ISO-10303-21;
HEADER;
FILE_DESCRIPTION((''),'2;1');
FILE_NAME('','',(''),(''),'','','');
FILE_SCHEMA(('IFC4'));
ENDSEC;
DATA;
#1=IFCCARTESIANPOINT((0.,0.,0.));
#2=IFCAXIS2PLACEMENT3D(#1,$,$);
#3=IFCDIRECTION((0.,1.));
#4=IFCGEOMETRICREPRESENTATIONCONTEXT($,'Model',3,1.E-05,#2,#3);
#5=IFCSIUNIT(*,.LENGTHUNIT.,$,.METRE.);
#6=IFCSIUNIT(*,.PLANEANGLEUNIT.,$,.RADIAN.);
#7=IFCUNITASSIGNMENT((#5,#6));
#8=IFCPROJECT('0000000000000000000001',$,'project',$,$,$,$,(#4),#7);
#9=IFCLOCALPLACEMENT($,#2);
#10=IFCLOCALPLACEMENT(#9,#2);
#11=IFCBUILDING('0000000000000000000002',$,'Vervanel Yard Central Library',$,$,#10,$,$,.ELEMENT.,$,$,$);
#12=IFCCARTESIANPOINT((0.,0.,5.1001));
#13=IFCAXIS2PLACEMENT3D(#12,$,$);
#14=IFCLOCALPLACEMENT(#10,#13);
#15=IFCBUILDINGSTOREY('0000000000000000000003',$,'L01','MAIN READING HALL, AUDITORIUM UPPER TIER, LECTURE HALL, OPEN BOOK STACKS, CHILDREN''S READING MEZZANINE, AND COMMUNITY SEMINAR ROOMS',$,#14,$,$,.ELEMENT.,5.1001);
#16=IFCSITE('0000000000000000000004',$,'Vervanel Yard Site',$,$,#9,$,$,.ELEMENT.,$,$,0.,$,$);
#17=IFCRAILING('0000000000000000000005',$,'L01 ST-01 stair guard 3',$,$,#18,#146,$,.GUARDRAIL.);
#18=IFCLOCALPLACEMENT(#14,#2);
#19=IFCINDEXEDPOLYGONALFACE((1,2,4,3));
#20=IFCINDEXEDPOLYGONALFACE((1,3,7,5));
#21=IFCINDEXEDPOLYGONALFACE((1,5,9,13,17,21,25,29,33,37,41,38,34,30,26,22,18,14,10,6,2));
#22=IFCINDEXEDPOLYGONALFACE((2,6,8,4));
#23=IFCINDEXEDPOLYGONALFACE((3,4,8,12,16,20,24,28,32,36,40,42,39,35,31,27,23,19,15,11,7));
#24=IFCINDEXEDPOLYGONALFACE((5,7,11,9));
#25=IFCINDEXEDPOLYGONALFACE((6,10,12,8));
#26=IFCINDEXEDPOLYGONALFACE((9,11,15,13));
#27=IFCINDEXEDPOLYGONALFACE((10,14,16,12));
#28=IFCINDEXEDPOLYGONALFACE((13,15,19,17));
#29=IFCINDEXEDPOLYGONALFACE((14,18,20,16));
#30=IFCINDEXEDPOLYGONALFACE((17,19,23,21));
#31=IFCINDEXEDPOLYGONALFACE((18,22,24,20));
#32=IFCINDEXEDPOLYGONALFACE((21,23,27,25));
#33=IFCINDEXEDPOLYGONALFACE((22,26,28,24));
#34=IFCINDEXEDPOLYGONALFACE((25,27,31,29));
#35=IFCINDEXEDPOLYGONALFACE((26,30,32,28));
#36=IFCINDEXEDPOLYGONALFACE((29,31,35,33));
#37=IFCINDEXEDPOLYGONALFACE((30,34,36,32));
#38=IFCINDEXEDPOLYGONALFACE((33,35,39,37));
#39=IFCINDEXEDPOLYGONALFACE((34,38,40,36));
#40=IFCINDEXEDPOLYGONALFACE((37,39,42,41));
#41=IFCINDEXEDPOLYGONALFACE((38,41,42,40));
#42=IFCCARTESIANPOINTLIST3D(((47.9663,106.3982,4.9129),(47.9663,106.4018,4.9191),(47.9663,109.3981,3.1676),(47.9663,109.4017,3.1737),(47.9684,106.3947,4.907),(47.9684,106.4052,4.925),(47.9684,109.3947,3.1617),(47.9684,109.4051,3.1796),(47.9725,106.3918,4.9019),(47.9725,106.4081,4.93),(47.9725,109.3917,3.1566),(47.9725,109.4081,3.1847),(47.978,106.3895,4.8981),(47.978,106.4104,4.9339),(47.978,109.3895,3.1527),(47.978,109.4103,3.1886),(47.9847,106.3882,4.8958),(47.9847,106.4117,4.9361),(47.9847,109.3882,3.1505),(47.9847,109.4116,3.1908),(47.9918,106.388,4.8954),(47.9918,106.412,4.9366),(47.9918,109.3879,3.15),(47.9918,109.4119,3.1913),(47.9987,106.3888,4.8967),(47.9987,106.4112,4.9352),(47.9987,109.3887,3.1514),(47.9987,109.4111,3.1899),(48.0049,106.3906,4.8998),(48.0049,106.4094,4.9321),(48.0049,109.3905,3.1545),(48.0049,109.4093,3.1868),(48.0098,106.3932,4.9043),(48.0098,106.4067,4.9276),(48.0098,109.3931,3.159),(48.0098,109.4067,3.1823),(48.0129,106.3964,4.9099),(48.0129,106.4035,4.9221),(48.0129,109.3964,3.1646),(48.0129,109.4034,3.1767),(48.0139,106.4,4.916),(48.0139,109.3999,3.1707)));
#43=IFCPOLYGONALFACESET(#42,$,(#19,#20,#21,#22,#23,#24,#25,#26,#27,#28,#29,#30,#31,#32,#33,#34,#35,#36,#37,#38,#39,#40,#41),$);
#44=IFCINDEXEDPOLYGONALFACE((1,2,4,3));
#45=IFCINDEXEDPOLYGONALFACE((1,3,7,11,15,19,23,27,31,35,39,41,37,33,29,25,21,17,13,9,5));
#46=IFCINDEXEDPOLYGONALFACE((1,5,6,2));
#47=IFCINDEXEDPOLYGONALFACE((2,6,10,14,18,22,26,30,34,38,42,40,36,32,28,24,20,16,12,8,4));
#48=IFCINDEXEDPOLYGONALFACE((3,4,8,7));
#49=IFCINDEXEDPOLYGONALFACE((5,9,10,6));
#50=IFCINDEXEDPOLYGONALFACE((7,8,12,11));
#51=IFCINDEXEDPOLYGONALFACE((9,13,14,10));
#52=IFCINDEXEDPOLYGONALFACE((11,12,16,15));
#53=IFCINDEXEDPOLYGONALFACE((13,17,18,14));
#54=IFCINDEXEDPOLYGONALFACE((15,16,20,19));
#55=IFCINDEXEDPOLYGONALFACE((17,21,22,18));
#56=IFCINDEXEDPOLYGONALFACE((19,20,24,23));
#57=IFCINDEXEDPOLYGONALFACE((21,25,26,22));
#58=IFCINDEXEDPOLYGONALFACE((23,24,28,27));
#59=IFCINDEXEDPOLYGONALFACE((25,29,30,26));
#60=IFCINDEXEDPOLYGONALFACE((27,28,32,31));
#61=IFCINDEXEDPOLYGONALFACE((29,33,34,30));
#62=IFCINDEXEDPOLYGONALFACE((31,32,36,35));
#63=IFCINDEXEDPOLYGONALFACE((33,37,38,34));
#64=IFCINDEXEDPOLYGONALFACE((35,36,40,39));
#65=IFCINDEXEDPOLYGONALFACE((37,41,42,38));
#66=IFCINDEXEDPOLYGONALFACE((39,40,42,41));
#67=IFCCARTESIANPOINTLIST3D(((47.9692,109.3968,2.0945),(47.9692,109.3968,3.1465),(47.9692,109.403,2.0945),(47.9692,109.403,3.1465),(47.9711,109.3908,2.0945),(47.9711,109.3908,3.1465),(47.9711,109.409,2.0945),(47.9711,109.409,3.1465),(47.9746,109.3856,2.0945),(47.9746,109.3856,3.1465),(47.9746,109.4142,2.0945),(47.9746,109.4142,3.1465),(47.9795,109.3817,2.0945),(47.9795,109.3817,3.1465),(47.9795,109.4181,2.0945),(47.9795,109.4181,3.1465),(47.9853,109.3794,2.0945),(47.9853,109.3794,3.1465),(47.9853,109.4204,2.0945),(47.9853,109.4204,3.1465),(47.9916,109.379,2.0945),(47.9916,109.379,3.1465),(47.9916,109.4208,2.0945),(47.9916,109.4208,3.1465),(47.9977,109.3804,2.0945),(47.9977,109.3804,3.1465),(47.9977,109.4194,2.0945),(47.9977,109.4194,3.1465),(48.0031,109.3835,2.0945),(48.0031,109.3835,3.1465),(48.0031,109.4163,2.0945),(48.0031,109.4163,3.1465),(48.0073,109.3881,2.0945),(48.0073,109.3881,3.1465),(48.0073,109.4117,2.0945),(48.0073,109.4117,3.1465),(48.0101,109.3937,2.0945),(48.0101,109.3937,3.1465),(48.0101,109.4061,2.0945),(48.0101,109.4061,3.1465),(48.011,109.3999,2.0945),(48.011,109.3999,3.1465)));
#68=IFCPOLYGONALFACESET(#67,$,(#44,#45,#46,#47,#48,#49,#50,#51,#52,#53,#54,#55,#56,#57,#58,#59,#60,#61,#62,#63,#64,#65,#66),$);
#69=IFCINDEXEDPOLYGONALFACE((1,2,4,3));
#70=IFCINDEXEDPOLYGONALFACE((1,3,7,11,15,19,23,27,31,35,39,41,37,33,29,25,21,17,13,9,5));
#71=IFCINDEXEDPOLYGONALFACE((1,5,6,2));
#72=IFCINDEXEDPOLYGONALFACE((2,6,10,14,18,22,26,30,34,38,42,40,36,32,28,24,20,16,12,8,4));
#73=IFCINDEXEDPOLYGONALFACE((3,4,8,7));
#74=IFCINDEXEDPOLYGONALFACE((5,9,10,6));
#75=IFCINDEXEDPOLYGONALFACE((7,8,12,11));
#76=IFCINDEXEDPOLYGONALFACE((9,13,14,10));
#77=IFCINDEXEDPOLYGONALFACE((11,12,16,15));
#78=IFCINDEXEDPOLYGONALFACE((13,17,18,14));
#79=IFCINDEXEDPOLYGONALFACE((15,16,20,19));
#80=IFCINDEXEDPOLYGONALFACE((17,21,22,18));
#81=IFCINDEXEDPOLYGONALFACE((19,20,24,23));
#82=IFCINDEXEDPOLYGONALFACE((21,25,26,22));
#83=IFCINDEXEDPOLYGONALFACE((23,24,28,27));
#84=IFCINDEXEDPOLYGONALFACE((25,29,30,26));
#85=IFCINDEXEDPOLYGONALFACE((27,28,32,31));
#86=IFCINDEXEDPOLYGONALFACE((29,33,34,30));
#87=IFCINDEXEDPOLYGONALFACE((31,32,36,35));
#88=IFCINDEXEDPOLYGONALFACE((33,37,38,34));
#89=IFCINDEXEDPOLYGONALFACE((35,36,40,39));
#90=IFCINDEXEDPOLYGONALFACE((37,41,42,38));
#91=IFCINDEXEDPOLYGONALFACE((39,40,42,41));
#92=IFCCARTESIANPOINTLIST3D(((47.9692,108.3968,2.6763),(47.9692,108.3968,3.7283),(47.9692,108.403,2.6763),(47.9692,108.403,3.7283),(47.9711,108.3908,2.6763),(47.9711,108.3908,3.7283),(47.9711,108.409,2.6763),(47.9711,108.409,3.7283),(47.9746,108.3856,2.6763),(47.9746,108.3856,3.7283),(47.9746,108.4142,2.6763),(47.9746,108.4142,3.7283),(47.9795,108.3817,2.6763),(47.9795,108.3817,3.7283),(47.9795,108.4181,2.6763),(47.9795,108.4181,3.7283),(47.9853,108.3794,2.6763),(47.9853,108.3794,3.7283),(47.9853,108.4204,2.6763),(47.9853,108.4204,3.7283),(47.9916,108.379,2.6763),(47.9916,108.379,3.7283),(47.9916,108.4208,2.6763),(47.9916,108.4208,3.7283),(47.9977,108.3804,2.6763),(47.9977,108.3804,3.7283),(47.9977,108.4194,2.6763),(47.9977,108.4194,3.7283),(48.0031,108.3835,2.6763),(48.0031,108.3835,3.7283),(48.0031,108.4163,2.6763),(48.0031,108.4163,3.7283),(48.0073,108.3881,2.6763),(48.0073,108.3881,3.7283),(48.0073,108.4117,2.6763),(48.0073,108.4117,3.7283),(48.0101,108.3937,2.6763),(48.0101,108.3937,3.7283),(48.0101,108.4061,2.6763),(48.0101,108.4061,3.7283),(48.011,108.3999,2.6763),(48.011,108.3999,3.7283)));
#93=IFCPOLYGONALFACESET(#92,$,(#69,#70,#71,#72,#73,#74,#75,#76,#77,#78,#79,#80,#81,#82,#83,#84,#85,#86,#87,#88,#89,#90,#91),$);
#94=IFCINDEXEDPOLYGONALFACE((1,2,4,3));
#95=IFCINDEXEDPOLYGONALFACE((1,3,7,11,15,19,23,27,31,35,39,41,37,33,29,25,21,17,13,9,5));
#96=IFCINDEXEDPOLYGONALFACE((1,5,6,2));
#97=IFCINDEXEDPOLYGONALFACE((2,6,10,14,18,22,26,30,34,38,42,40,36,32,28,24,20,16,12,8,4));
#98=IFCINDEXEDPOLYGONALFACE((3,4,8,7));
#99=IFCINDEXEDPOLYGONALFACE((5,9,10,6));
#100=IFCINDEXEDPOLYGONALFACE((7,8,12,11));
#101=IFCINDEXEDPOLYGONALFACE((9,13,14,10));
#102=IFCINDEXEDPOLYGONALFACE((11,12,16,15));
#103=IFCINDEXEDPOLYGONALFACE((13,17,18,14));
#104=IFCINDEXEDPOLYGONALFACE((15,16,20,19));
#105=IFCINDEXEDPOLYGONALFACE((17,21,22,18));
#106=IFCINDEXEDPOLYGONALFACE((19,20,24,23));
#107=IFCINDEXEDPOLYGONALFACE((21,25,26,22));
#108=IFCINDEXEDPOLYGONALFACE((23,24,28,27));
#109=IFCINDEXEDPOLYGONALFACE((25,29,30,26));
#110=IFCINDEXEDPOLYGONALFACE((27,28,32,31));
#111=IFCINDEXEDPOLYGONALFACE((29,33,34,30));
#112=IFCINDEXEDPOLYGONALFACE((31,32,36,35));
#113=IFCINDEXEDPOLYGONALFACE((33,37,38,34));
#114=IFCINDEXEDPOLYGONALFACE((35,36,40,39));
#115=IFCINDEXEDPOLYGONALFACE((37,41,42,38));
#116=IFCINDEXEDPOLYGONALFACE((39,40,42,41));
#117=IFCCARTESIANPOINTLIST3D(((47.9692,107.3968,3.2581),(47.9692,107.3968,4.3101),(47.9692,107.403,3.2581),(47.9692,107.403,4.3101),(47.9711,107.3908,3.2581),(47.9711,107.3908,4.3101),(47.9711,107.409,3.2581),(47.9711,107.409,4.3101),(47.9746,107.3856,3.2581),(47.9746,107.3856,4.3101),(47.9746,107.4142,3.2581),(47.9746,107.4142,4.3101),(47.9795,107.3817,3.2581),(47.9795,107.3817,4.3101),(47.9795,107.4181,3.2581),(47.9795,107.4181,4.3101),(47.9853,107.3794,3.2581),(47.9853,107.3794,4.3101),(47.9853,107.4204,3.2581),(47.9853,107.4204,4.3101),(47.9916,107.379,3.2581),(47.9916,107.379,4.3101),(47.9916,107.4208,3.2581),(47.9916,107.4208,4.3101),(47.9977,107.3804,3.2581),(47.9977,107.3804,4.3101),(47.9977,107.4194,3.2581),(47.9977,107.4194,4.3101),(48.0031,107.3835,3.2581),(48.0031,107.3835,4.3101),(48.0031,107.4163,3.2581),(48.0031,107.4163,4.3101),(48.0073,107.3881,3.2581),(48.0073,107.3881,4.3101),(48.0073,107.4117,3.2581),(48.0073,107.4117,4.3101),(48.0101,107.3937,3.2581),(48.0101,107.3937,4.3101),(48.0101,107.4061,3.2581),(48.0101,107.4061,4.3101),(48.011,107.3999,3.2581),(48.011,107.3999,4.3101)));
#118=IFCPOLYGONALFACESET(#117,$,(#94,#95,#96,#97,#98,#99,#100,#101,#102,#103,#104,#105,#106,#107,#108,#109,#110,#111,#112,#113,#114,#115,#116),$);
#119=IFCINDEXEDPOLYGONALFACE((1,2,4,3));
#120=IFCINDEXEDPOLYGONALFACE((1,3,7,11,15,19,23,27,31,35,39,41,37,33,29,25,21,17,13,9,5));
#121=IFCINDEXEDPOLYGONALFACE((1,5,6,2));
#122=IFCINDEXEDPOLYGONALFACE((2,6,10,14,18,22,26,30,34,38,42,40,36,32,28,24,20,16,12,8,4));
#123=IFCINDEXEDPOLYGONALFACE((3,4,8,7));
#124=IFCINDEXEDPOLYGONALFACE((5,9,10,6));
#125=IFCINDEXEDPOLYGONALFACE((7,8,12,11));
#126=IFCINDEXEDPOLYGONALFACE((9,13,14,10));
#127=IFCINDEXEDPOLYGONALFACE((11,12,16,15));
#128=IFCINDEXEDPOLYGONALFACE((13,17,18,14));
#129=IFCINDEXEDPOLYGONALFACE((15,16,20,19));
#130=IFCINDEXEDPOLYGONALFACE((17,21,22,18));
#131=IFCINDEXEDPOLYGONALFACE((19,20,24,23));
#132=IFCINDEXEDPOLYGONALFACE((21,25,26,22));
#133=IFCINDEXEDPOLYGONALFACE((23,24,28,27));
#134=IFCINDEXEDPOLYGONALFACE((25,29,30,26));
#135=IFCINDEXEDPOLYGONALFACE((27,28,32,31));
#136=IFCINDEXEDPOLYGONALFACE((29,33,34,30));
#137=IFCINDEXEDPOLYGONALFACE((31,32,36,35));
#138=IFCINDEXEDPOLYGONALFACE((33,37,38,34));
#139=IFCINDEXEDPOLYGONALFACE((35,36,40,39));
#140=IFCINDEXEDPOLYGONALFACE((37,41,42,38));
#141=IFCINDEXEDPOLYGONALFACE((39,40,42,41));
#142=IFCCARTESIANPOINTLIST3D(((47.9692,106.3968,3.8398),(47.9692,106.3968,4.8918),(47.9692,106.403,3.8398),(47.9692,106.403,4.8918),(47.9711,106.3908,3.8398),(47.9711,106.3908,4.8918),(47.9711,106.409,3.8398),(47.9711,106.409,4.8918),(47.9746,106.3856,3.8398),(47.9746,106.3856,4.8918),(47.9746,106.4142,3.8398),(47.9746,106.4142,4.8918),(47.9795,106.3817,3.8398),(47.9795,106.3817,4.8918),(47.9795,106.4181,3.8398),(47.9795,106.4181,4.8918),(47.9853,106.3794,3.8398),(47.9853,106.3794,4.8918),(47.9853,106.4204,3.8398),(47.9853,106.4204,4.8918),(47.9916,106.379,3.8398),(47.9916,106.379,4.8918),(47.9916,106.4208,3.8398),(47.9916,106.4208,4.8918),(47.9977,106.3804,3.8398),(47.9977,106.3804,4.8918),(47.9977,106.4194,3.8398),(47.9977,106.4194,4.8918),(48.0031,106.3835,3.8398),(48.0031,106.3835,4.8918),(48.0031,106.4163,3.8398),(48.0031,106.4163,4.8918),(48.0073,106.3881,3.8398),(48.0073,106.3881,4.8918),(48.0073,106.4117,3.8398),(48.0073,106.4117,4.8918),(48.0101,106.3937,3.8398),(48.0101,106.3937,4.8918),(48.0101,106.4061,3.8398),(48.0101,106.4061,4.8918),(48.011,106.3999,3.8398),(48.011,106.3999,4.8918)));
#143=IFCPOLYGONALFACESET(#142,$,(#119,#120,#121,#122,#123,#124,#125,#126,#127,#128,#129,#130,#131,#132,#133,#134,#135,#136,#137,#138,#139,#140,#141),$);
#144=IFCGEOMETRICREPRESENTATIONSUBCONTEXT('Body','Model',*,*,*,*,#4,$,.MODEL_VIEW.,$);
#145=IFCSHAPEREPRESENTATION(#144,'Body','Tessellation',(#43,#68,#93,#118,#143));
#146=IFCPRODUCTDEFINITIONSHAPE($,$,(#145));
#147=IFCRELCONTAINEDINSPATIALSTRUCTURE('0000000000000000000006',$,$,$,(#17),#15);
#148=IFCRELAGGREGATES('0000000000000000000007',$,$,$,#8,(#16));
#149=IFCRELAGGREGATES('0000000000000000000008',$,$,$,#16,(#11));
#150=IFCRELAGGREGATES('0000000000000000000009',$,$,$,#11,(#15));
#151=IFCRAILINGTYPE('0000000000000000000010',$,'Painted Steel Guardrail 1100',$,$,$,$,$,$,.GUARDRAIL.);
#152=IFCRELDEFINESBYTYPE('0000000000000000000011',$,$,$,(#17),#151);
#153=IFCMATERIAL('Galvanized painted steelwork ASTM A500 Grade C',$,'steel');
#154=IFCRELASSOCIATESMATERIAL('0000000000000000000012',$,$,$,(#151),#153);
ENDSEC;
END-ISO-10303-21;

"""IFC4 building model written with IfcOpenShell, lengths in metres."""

from ifc_helpers import new_model, si_unit, direction, frame, origin, origin_2d, place, context, subcontext, project, spatial, circle, extrude, material, type_object, element, save


model = new_model("IFC4")

# Units and contexts
model_context = context("Model", 3, precision=1e-05, world=origin(), true_north=direction((0.0, 1.0)))
body_context = subcontext(model_context, "Body", "Model", "MODEL_VIEW")
ifc_project = project(units=[si_unit("LENGTHUNIT", "METRE"), si_unit("PLANEANGLEUNIT", "RADIAN")], contexts=[model_context])

# Site, building, storey
site_placement = place(None, origin())
site = spatial("IfcSite", under=ifc_project, at=site_placement, Name="Vervanel Yard Site", CompositionType="ELEMENT", RefElevation=0.0)
building_placement = place(site_placement, origin())
building = spatial("IfcBuilding", under=site, at=building_placement, Name="Vervanel Yard Central Library", CompositionType="ELEMENT")
storey_placement = place(building_placement, frame((0.0, 0.0, 5.1001)))
storey = spatial("IfcBuildingStorey", under=building, at=storey_placement, Name="L01", Description="MAIN READING HALL, AUDITORIUM UPPER TIER, LECTURE HALL, OPEN BOOK STACKS, CHILDREN'S READING MEZZANINE, AND COMMUNITY SEMINAR ROOMS", CompositionType="ELEMENT", Elevation=5.1001)

# Shared definitions
ifc_material_1 = material(Name="Galvanized painted steelwork ASTM A500 Grade C", Category="steel")

# Railing
railing_type_1 = type_object("IfcRailingType", Name="Painted Steel Guardrail 1100", PredefinedType="GUARDRAIL", material=ifc_material_1)
railing_1_placement = place(storey_placement, frame((47.99, 109.3999, 2.0945)))
element("IfcRailing", 1, at=railing_1_placement, inside=storey, type_object=railing_type_1, Name="L01 ST-01 stair guard 3", PredefinedType="GUARDRAIL", context=body_context, shape_type="SweptSolid", body=[
    extrude(circle(Radius=0.0239, at=origin_2d()), frame((0.0, 0.0, 1.0762), z_axis=(0.0, -0.86436, 0.502874), x_axis=(1.0, 0.0, 0.0)), (0.0, 0.0, 1.0), 3.4707),
    extrude(circle(Radius=0.021, at=origin_2d()), origin(), (0.0, 0.0, 1.0), 1.052),
    extrude(circle(Radius=0.021, at=origin_2d()), frame((0.0, -1.0, 0.5818)), (0.0, 0.0, 1.0), 1.052),
    extrude(circle(Radius=0.021, at=origin_2d()), frame((0.0, -2.0, 1.1636)), (0.0, 0.0, 1.0), 1.052),
    extrude(circle(Radius=0.021, at=origin_2d()), frame((0.0, -3.0, 1.7454)), (0.0, 0.0, 1.0), 1.052),
])

save(model, "model.ifc")
